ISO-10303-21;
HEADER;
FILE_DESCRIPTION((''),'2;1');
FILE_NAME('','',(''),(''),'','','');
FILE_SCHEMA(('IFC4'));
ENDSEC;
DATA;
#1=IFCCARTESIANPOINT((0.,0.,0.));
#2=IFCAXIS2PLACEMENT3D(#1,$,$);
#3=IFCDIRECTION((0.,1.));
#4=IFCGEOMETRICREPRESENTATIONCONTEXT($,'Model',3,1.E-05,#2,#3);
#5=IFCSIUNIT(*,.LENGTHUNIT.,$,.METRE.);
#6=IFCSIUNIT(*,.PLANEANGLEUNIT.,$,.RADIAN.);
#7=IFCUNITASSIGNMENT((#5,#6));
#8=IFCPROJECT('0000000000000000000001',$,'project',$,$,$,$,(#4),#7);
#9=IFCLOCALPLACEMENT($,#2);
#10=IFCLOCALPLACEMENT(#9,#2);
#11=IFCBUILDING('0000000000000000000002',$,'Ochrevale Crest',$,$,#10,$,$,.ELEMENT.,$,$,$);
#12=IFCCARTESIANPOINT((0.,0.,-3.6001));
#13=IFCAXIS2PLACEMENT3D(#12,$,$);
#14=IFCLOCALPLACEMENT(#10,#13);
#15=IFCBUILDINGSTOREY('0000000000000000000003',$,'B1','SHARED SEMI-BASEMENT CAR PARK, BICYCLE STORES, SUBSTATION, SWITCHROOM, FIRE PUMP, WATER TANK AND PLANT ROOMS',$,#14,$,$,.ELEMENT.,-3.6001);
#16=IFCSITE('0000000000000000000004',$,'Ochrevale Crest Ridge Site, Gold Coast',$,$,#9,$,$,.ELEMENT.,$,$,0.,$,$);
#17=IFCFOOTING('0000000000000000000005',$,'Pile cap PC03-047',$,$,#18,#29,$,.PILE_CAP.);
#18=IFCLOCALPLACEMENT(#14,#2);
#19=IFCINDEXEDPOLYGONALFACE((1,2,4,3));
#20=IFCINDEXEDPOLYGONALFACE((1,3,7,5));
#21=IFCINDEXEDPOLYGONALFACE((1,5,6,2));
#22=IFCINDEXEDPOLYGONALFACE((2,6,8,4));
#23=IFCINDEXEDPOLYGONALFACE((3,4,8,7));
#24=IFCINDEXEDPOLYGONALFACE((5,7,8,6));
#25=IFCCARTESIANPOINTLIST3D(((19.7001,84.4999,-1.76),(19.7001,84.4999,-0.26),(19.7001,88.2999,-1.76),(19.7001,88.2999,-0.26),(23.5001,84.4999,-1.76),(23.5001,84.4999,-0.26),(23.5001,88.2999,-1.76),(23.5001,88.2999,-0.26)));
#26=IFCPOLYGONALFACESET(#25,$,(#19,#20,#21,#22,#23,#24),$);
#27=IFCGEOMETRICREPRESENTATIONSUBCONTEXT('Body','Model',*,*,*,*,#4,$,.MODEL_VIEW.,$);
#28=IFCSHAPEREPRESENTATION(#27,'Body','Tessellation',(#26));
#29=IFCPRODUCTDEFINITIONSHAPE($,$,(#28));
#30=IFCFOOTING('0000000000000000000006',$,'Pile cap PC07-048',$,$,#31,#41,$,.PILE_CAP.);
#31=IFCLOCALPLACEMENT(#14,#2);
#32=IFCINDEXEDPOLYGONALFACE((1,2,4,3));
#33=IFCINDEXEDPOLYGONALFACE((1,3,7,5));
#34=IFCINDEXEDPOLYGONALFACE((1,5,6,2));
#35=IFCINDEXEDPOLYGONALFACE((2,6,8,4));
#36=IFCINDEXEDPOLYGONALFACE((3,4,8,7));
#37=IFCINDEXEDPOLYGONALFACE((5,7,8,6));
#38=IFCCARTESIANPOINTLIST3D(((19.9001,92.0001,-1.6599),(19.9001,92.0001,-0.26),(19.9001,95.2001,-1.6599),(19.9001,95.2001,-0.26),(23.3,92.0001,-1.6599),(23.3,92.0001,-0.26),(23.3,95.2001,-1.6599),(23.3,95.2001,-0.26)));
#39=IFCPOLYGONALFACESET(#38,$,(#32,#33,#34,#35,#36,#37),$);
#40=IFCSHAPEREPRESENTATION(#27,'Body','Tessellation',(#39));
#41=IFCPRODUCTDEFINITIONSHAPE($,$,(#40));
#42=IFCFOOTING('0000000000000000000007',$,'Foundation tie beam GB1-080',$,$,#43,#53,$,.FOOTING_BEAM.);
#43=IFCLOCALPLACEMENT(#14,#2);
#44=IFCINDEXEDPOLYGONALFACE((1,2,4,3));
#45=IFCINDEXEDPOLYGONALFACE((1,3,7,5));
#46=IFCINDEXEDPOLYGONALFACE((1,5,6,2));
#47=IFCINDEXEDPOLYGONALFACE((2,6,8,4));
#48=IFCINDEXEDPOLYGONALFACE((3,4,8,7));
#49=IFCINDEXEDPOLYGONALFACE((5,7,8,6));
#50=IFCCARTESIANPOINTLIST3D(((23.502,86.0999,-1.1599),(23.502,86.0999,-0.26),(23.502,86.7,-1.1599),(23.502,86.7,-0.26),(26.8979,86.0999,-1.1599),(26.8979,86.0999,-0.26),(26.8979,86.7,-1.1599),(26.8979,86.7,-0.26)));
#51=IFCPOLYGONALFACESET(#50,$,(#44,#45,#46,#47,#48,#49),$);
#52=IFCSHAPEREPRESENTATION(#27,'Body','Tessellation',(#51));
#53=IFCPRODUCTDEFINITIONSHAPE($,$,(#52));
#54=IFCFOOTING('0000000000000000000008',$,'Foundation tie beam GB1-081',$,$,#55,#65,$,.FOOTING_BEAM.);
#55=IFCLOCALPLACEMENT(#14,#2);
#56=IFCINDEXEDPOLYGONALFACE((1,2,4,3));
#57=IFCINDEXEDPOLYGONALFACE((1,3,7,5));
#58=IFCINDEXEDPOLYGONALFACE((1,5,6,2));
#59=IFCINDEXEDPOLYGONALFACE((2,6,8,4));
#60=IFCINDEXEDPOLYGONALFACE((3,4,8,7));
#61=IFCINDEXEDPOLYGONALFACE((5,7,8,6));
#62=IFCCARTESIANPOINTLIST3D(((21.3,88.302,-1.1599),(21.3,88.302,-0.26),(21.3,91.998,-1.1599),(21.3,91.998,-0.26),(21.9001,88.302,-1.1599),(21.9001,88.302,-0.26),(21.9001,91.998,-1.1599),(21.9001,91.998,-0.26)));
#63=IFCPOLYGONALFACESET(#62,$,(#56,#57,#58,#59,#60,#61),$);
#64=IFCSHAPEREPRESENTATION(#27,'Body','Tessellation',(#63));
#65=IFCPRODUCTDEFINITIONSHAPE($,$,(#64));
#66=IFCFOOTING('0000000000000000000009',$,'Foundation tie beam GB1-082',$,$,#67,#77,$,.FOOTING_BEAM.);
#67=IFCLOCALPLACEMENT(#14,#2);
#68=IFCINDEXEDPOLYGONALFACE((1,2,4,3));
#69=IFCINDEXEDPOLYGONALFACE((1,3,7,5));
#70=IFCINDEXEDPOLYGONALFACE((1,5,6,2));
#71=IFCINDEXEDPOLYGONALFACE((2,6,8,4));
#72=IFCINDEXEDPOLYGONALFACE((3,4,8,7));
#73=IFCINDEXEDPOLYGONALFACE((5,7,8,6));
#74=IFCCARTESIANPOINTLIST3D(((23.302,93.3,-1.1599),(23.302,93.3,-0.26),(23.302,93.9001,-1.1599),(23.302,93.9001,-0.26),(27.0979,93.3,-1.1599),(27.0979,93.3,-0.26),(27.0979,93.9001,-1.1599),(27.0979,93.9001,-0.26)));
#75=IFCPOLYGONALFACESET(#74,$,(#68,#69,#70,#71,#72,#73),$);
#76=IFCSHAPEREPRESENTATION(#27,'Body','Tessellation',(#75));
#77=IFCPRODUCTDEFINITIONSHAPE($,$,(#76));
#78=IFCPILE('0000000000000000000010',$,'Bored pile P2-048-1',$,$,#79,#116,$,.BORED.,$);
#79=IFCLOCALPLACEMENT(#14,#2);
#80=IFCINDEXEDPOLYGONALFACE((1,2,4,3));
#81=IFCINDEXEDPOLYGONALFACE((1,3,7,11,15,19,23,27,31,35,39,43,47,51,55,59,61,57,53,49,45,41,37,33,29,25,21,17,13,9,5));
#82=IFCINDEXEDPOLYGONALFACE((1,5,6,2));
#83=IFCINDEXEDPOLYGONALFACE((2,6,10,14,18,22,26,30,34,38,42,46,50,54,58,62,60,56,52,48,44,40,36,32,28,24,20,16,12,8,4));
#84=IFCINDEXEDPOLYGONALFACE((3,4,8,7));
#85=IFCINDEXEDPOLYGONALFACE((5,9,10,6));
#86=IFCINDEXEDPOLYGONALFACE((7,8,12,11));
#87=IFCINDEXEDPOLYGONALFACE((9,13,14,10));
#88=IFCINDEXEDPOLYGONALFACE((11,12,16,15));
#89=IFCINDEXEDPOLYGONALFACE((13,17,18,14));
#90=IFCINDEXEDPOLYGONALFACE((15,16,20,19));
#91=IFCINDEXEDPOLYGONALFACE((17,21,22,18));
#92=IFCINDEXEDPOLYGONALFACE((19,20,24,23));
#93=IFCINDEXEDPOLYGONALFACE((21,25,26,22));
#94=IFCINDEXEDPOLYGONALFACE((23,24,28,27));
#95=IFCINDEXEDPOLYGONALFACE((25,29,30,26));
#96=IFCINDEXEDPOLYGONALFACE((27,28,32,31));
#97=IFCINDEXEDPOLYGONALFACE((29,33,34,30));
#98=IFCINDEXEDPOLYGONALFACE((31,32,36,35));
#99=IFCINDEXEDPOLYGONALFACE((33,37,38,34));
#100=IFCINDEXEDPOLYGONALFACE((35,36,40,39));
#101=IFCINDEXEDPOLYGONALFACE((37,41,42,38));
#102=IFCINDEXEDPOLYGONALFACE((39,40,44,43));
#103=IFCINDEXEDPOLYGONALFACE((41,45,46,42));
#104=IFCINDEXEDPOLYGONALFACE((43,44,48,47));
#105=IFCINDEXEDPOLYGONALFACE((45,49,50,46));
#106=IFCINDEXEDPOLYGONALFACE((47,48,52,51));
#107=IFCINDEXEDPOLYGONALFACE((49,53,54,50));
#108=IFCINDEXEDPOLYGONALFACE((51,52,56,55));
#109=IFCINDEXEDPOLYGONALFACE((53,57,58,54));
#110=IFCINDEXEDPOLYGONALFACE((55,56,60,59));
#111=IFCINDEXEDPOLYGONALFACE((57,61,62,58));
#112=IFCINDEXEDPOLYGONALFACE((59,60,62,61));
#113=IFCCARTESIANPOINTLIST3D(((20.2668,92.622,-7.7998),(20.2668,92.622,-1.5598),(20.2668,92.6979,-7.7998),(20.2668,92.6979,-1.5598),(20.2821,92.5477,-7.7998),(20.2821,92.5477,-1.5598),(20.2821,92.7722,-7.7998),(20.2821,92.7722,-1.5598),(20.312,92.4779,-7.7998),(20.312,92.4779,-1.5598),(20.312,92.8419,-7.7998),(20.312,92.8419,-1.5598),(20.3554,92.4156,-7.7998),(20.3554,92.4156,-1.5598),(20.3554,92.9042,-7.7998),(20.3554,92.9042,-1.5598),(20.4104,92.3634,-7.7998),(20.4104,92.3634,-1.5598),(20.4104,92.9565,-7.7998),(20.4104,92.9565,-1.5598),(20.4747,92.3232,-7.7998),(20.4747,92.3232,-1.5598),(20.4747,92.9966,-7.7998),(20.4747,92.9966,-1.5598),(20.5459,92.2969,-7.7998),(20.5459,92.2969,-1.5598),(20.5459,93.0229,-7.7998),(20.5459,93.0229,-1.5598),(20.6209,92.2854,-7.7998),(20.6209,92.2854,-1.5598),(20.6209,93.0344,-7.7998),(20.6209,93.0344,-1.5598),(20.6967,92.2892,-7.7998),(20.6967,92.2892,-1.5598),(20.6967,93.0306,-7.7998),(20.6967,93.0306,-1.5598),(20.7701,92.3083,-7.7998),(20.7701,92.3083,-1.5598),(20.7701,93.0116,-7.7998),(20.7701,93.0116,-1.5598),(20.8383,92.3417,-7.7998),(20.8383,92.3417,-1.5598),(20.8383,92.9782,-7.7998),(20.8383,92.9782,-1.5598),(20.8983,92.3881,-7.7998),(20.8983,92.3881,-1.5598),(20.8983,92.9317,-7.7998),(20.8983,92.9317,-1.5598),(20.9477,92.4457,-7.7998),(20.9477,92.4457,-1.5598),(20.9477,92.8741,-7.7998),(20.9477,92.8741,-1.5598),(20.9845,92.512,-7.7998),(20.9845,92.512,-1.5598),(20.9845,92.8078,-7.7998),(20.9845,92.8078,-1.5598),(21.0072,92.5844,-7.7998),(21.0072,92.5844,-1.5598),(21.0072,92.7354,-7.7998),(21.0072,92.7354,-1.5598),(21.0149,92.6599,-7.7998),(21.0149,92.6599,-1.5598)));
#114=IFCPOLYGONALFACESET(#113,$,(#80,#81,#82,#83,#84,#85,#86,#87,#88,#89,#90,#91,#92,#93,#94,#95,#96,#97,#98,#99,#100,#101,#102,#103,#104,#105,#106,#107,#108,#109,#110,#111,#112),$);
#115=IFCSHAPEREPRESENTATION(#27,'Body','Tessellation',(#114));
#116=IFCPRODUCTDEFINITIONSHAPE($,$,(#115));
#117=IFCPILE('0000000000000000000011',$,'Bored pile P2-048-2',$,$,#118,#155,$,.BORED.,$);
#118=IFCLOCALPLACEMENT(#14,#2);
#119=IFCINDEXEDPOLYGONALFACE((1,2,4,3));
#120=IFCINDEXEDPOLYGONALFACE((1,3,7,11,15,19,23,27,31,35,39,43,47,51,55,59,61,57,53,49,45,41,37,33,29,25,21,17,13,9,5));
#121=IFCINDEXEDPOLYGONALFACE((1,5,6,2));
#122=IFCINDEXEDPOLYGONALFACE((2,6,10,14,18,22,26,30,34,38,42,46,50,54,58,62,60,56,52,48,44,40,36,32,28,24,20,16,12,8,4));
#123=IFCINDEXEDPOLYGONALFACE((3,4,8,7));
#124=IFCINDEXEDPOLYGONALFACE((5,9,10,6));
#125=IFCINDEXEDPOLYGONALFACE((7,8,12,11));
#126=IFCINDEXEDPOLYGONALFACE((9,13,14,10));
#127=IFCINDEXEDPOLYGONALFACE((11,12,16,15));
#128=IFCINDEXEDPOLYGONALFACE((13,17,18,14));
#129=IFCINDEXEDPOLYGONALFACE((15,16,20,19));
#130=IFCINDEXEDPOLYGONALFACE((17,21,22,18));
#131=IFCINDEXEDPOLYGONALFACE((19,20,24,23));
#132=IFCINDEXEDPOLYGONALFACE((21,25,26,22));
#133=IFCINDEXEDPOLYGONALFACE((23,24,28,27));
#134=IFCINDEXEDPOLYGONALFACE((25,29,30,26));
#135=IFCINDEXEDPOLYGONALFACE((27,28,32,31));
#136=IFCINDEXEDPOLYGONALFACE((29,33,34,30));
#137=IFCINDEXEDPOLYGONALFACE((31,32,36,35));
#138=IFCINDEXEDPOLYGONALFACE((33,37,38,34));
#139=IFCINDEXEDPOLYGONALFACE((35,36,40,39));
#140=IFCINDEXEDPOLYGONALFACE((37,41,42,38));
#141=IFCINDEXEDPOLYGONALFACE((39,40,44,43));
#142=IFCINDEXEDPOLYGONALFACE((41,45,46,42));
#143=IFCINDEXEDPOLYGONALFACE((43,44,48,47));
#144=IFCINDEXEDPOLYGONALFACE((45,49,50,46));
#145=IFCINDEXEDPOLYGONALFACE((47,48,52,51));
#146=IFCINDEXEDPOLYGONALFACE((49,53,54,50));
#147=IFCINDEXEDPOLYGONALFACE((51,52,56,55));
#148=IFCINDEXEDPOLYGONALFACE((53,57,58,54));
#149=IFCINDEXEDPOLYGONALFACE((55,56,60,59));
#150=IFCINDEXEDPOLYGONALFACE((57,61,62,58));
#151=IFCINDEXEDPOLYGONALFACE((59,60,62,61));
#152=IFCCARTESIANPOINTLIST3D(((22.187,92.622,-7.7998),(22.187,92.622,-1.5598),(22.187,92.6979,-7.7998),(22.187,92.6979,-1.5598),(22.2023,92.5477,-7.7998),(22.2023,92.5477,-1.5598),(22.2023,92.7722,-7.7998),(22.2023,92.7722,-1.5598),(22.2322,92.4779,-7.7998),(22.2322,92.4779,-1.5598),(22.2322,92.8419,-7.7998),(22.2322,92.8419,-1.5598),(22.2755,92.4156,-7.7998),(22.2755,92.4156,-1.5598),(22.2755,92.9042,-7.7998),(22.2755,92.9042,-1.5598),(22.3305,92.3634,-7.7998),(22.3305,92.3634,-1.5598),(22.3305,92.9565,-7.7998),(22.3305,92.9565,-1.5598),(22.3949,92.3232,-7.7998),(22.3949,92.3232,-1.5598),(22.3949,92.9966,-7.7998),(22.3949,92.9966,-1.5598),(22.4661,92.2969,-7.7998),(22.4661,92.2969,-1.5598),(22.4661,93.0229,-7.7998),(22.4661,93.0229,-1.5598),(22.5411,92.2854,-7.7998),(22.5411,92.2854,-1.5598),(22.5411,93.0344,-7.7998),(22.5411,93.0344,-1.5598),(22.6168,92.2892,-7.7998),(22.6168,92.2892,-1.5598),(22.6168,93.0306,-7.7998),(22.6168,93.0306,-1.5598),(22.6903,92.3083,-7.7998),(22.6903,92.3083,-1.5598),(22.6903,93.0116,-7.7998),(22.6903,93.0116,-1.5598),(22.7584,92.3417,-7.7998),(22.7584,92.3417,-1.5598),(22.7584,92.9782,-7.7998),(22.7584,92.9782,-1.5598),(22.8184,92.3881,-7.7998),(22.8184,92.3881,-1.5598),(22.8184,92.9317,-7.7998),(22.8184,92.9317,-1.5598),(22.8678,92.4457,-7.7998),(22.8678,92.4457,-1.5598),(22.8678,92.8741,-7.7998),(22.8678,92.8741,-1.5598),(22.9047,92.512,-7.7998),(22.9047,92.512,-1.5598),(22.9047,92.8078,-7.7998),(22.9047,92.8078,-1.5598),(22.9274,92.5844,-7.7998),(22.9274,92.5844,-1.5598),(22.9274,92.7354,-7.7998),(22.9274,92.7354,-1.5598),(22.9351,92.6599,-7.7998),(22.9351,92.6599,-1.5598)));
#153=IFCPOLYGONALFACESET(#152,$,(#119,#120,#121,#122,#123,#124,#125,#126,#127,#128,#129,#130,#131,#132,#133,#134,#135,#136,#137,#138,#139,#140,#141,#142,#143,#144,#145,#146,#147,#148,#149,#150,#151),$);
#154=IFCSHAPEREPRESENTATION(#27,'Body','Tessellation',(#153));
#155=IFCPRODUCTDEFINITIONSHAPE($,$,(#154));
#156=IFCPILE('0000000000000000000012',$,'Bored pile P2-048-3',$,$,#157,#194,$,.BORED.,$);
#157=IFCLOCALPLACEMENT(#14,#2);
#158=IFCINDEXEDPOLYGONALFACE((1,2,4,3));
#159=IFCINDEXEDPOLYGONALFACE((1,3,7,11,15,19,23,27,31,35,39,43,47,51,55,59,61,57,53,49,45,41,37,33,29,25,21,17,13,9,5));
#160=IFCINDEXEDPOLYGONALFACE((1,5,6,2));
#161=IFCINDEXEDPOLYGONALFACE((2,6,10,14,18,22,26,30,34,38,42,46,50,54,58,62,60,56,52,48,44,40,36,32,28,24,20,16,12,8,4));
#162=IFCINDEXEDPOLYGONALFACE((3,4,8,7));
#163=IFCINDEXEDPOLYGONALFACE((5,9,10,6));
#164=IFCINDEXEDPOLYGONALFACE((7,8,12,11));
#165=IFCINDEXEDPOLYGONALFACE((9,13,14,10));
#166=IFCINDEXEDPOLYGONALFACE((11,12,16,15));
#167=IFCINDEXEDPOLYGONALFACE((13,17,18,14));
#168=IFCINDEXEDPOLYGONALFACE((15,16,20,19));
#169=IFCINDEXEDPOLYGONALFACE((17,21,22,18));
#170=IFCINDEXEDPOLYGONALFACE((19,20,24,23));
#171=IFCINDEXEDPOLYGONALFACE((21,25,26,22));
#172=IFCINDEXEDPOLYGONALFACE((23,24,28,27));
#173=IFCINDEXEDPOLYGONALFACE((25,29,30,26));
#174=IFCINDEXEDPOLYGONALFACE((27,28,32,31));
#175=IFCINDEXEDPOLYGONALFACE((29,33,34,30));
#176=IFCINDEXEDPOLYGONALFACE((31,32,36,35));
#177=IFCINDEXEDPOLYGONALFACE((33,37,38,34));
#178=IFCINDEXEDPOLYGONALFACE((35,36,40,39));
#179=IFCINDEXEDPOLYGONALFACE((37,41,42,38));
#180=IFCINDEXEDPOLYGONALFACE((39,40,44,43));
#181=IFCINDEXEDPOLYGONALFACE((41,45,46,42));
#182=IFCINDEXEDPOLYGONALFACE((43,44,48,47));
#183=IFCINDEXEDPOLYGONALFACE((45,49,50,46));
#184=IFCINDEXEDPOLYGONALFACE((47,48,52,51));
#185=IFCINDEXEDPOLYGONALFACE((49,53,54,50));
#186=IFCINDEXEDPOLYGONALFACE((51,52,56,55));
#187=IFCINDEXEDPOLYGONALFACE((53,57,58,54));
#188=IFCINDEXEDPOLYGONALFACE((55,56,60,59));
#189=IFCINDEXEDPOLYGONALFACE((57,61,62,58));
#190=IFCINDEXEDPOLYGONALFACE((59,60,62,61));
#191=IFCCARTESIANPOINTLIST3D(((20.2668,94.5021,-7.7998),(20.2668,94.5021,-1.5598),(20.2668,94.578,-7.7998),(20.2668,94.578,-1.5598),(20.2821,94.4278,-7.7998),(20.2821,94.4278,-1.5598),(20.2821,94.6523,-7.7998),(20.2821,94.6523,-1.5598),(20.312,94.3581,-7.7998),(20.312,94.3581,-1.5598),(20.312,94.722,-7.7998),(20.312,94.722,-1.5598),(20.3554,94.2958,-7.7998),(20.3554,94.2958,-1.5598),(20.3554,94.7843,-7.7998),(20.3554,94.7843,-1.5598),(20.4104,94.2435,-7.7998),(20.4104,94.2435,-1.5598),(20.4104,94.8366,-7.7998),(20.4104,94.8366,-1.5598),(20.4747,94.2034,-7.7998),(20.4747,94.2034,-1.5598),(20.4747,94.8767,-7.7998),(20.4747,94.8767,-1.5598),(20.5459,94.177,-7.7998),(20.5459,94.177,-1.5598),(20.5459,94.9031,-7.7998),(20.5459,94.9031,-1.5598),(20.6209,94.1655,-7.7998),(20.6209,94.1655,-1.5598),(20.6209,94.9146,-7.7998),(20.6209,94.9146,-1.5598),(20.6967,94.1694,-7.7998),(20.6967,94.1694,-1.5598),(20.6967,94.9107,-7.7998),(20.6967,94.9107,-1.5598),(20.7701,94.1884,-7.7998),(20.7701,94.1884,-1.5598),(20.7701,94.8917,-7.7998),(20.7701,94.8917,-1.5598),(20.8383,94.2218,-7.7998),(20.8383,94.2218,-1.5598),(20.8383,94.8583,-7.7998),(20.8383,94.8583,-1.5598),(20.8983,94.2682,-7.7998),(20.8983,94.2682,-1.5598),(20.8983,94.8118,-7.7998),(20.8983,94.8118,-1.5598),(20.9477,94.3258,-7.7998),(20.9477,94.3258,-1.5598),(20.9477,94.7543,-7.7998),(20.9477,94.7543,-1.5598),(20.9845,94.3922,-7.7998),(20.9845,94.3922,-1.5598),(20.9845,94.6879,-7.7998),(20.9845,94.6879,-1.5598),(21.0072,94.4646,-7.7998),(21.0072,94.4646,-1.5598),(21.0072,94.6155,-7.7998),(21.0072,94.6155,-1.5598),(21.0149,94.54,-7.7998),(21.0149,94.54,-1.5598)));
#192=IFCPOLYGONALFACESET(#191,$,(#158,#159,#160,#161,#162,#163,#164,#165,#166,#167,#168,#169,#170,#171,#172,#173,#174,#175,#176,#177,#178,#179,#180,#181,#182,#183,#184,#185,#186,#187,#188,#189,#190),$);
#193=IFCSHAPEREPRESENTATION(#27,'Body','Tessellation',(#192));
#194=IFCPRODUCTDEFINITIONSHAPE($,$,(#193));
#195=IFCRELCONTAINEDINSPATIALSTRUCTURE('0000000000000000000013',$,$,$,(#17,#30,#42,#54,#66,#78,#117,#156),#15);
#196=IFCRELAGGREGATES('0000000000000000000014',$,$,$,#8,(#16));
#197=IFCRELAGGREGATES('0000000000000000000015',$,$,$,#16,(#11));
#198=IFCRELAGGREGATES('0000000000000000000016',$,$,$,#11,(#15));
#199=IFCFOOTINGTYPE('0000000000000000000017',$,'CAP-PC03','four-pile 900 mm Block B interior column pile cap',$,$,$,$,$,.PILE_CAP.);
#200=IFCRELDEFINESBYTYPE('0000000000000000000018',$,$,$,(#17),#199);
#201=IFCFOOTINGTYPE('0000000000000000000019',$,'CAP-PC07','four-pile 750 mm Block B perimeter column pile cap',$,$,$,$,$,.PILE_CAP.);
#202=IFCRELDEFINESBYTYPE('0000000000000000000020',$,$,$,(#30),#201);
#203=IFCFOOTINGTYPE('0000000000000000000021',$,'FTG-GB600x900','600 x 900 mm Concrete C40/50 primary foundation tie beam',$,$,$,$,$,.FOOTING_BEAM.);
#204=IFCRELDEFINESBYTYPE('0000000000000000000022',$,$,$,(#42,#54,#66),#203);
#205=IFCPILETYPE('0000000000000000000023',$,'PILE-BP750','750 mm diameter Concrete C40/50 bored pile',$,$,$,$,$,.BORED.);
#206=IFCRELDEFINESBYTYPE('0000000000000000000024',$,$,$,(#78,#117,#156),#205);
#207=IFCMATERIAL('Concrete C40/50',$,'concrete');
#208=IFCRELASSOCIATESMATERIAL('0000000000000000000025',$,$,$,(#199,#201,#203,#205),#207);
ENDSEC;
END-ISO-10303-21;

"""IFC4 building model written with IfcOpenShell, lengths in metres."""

from ifc_helpers import new_model, si_unit, direction, frame, origin, origin_2d, place, context, subcontext, project, spatial, rectangle, circle, extrude, material, material_profile, profile_set, type_object, element, save


model = new_model("IFC4")

# Units and contexts
model_context = context("Model", 3, precision=1e-05, world=origin(), true_north=direction((0.0, 1.0)))
body_context = subcontext(model_context, "Body", "Model", "MODEL_VIEW")
ifc_project = project(units=[si_unit("LENGTHUNIT", "METRE"), si_unit("PLANEANGLEUNIT", "RADIAN")], contexts=[model_context])

# Site, building, storey
site_placement = place(None, origin())
site = spatial("IfcSite", under=ifc_project, at=site_placement, Name="Ochrevale Crest Ridge Site, Gold Coast", CompositionType="ELEMENT", RefElevation=0.0)
building_placement = place(site_placement, origin())
building = spatial("IfcBuilding", under=site, at=building_placement, Name="Ochrevale Crest", CompositionType="ELEMENT")
storey_placement = place(building_placement, frame((0.0, 0.0, -3.6001)))
storey = spatial("IfcBuildingStorey", under=building, at=storey_placement, Name="B1", Description="SHARED SEMI-BASEMENT CAR PARK, BICYCLE STORES, SUBSTATION, SWITCHROOM, FIRE PUMP, WATER TANK AND PLANT ROOMS", CompositionType="ELEMENT", Elevation=-3.6001)

# Footings
ifc_material_1 = material(Name="Concrete C40/50", Category="concrete")
footing_type_1 = type_object("IfcFootingType", Name="CAP-PC03", Description="four-pile 900 mm Block B interior column pile cap", PredefinedType="PILE_CAP", material=ifc_material_1)
footing_1_placement = place(storey_placement, frame((21.6001, 86.3999, -1.76), z_axis=(0.0, 0.0, 1.0), x_axis=(1.0, 0.0, 0.0)))
element("IfcFooting", 1, at=footing_1_placement, inside=storey, type_object=footing_type_1, Name="Pile cap PC03-047", PredefinedType="PILE_CAP", context=body_context, shape_type="SweptSolid", body=[
    extrude(rectangle(XDim=3.8, YDim=3.8, at=origin_2d()), origin(), (0.0, 0.0, 1.0), 1.5),
])
footing_type_2 = type_object("IfcFootingType", Name="CAP-PC07", Description="four-pile 750 mm Block B perimeter column pile cap", PredefinedType="PILE_CAP", material=ifc_material_1)
footing_2_placement = place(storey_placement, frame((21.6001, 93.6001, -1.6599), z_axis=(0.0, 0.0, 1.0), x_axis=(1.0, 0.0, 0.0)))
element("IfcFooting", 2, at=footing_2_placement, inside=storey, type_object=footing_type_2, Name="Pile cap PC07-048", PredefinedType="PILE_CAP", context=body_context, shape_type="SweptSolid", body=[
    extrude(rectangle(XDim=3.3999, YDim=3.2, at=origin_2d()), origin(), (0.0, 0.0, 1.0), 1.3999),
])
ifc_material_profile_1 = material_profile(ifc_material_1, rectangle(XDim=0.6001, YDim=0.8999, at=origin_2d()), Name="GB 600x900")
ifc_profile_set_1 = profile_set([ifc_material_profile_1], Name="Concrete C40/50")
footing_type_3 = type_object("IfcFootingType", Name="FTG-GB600x900", Description="600 x 900 mm Concrete C40/50 primary foundation tie beam", PredefinedType="FOOTING_BEAM", material=ifc_profile_set_1)
footing_3_placement = place(storey_placement, frame((23.502, 86.3999, -0.71), z_axis=(1.0, 0.0, 0.0), x_axis=(0.0, 1.0, 0.0)))
element("IfcFooting", 3, at=footing_3_placement, inside=storey, type_object=footing_type_3, Name="Foundation tie beam GB1-080", PredefinedType="FOOTING_BEAM", context=body_context, shape_type="SweptSolid", body=[
    extrude(rectangle(XDim=0.6001, YDim=0.8999, at=origin_2d()), origin(), (0.0, 0.0, 1.0), 3.396),
])
footing_4_placement = place(storey_placement, frame((21.6001, 88.302, -0.71), z_axis=(0.0, 1.0, 0.0), x_axis=(-1.0, 0.0, 0.0)))
element("IfcFooting", 4, at=footing_4_placement, inside=storey, type_object=footing_type_3, Name="Foundation tie beam GB1-081", PredefinedType="FOOTING_BEAM", context=body_context, shape_type="SweptSolid", body=[
    extrude(rectangle(XDim=0.6001, YDim=0.8999, at=origin_2d()), origin(), (0.0, 0.0, 1.0), 3.696),
])
footing_5_placement = place(storey_placement, frame((23.302, 93.6001, -0.71), z_axis=(1.0, 0.0, 0.0), x_axis=(0.0, 1.0, 0.0)))
element("IfcFooting", 5, at=footing_5_placement, inside=storey, type_object=footing_type_3, Name="Foundation tie beam GB1-082", PredefinedType="FOOTING_BEAM", context=body_context, shape_type="SweptSolid", body=[
    extrude(rectangle(XDim=0.6001, YDim=0.8999, at=origin_2d()), origin(), (0.0, 0.0, 1.0), 3.7959),
])

# Piles
ifc_material_profile_2 = material_profile(ifc_material_1, circle(Radius=0.375, at=origin_2d()), Name="BORED PILE 750")
ifc_profile_set_2 = profile_set([ifc_material_profile_2], Name="Concrete C40/50")
pile_type_1 = type_object("IfcPileType", Name="PILE-BP750", Description="750 mm diameter Concrete C40/50 bored pile", PredefinedType="BORED", material=ifc_profile_set_2)
for number, where, z_axis, x_axis, name in (
    (6, (20.6399, 92.6599, -1.5598), (0.0, 0.0, -1.0), (1.0, 0.0, 0.0), "Bored pile P2-048-1"),
    (7, (22.5601, 92.6599, -1.5598), (0.0, 0.0, -1.0), (1.0, 0.0, 0.0), "Bored pile P2-048-2"),
    (8, (20.6399, 94.54, -1.5598), (0.0, 0.0, -1.0), (1.0, 0.0, 0.0), "Bored pile P2-048-3"),
):
    element("IfcPile", number, at=place(storey_placement, frame(where, z_axis=z_axis, x_axis=x_axis)), inside=storey, type_object=pile_type_1, Name=name, PredefinedType="BORED", context=body_context, shape_type="SweptSolid", body=[
        extrude(circle(Radius=0.375, at=origin_2d()), origin(), (0.0, 0.0, 1.0), 6.24),
    ])

save(model, "model.ifc")
